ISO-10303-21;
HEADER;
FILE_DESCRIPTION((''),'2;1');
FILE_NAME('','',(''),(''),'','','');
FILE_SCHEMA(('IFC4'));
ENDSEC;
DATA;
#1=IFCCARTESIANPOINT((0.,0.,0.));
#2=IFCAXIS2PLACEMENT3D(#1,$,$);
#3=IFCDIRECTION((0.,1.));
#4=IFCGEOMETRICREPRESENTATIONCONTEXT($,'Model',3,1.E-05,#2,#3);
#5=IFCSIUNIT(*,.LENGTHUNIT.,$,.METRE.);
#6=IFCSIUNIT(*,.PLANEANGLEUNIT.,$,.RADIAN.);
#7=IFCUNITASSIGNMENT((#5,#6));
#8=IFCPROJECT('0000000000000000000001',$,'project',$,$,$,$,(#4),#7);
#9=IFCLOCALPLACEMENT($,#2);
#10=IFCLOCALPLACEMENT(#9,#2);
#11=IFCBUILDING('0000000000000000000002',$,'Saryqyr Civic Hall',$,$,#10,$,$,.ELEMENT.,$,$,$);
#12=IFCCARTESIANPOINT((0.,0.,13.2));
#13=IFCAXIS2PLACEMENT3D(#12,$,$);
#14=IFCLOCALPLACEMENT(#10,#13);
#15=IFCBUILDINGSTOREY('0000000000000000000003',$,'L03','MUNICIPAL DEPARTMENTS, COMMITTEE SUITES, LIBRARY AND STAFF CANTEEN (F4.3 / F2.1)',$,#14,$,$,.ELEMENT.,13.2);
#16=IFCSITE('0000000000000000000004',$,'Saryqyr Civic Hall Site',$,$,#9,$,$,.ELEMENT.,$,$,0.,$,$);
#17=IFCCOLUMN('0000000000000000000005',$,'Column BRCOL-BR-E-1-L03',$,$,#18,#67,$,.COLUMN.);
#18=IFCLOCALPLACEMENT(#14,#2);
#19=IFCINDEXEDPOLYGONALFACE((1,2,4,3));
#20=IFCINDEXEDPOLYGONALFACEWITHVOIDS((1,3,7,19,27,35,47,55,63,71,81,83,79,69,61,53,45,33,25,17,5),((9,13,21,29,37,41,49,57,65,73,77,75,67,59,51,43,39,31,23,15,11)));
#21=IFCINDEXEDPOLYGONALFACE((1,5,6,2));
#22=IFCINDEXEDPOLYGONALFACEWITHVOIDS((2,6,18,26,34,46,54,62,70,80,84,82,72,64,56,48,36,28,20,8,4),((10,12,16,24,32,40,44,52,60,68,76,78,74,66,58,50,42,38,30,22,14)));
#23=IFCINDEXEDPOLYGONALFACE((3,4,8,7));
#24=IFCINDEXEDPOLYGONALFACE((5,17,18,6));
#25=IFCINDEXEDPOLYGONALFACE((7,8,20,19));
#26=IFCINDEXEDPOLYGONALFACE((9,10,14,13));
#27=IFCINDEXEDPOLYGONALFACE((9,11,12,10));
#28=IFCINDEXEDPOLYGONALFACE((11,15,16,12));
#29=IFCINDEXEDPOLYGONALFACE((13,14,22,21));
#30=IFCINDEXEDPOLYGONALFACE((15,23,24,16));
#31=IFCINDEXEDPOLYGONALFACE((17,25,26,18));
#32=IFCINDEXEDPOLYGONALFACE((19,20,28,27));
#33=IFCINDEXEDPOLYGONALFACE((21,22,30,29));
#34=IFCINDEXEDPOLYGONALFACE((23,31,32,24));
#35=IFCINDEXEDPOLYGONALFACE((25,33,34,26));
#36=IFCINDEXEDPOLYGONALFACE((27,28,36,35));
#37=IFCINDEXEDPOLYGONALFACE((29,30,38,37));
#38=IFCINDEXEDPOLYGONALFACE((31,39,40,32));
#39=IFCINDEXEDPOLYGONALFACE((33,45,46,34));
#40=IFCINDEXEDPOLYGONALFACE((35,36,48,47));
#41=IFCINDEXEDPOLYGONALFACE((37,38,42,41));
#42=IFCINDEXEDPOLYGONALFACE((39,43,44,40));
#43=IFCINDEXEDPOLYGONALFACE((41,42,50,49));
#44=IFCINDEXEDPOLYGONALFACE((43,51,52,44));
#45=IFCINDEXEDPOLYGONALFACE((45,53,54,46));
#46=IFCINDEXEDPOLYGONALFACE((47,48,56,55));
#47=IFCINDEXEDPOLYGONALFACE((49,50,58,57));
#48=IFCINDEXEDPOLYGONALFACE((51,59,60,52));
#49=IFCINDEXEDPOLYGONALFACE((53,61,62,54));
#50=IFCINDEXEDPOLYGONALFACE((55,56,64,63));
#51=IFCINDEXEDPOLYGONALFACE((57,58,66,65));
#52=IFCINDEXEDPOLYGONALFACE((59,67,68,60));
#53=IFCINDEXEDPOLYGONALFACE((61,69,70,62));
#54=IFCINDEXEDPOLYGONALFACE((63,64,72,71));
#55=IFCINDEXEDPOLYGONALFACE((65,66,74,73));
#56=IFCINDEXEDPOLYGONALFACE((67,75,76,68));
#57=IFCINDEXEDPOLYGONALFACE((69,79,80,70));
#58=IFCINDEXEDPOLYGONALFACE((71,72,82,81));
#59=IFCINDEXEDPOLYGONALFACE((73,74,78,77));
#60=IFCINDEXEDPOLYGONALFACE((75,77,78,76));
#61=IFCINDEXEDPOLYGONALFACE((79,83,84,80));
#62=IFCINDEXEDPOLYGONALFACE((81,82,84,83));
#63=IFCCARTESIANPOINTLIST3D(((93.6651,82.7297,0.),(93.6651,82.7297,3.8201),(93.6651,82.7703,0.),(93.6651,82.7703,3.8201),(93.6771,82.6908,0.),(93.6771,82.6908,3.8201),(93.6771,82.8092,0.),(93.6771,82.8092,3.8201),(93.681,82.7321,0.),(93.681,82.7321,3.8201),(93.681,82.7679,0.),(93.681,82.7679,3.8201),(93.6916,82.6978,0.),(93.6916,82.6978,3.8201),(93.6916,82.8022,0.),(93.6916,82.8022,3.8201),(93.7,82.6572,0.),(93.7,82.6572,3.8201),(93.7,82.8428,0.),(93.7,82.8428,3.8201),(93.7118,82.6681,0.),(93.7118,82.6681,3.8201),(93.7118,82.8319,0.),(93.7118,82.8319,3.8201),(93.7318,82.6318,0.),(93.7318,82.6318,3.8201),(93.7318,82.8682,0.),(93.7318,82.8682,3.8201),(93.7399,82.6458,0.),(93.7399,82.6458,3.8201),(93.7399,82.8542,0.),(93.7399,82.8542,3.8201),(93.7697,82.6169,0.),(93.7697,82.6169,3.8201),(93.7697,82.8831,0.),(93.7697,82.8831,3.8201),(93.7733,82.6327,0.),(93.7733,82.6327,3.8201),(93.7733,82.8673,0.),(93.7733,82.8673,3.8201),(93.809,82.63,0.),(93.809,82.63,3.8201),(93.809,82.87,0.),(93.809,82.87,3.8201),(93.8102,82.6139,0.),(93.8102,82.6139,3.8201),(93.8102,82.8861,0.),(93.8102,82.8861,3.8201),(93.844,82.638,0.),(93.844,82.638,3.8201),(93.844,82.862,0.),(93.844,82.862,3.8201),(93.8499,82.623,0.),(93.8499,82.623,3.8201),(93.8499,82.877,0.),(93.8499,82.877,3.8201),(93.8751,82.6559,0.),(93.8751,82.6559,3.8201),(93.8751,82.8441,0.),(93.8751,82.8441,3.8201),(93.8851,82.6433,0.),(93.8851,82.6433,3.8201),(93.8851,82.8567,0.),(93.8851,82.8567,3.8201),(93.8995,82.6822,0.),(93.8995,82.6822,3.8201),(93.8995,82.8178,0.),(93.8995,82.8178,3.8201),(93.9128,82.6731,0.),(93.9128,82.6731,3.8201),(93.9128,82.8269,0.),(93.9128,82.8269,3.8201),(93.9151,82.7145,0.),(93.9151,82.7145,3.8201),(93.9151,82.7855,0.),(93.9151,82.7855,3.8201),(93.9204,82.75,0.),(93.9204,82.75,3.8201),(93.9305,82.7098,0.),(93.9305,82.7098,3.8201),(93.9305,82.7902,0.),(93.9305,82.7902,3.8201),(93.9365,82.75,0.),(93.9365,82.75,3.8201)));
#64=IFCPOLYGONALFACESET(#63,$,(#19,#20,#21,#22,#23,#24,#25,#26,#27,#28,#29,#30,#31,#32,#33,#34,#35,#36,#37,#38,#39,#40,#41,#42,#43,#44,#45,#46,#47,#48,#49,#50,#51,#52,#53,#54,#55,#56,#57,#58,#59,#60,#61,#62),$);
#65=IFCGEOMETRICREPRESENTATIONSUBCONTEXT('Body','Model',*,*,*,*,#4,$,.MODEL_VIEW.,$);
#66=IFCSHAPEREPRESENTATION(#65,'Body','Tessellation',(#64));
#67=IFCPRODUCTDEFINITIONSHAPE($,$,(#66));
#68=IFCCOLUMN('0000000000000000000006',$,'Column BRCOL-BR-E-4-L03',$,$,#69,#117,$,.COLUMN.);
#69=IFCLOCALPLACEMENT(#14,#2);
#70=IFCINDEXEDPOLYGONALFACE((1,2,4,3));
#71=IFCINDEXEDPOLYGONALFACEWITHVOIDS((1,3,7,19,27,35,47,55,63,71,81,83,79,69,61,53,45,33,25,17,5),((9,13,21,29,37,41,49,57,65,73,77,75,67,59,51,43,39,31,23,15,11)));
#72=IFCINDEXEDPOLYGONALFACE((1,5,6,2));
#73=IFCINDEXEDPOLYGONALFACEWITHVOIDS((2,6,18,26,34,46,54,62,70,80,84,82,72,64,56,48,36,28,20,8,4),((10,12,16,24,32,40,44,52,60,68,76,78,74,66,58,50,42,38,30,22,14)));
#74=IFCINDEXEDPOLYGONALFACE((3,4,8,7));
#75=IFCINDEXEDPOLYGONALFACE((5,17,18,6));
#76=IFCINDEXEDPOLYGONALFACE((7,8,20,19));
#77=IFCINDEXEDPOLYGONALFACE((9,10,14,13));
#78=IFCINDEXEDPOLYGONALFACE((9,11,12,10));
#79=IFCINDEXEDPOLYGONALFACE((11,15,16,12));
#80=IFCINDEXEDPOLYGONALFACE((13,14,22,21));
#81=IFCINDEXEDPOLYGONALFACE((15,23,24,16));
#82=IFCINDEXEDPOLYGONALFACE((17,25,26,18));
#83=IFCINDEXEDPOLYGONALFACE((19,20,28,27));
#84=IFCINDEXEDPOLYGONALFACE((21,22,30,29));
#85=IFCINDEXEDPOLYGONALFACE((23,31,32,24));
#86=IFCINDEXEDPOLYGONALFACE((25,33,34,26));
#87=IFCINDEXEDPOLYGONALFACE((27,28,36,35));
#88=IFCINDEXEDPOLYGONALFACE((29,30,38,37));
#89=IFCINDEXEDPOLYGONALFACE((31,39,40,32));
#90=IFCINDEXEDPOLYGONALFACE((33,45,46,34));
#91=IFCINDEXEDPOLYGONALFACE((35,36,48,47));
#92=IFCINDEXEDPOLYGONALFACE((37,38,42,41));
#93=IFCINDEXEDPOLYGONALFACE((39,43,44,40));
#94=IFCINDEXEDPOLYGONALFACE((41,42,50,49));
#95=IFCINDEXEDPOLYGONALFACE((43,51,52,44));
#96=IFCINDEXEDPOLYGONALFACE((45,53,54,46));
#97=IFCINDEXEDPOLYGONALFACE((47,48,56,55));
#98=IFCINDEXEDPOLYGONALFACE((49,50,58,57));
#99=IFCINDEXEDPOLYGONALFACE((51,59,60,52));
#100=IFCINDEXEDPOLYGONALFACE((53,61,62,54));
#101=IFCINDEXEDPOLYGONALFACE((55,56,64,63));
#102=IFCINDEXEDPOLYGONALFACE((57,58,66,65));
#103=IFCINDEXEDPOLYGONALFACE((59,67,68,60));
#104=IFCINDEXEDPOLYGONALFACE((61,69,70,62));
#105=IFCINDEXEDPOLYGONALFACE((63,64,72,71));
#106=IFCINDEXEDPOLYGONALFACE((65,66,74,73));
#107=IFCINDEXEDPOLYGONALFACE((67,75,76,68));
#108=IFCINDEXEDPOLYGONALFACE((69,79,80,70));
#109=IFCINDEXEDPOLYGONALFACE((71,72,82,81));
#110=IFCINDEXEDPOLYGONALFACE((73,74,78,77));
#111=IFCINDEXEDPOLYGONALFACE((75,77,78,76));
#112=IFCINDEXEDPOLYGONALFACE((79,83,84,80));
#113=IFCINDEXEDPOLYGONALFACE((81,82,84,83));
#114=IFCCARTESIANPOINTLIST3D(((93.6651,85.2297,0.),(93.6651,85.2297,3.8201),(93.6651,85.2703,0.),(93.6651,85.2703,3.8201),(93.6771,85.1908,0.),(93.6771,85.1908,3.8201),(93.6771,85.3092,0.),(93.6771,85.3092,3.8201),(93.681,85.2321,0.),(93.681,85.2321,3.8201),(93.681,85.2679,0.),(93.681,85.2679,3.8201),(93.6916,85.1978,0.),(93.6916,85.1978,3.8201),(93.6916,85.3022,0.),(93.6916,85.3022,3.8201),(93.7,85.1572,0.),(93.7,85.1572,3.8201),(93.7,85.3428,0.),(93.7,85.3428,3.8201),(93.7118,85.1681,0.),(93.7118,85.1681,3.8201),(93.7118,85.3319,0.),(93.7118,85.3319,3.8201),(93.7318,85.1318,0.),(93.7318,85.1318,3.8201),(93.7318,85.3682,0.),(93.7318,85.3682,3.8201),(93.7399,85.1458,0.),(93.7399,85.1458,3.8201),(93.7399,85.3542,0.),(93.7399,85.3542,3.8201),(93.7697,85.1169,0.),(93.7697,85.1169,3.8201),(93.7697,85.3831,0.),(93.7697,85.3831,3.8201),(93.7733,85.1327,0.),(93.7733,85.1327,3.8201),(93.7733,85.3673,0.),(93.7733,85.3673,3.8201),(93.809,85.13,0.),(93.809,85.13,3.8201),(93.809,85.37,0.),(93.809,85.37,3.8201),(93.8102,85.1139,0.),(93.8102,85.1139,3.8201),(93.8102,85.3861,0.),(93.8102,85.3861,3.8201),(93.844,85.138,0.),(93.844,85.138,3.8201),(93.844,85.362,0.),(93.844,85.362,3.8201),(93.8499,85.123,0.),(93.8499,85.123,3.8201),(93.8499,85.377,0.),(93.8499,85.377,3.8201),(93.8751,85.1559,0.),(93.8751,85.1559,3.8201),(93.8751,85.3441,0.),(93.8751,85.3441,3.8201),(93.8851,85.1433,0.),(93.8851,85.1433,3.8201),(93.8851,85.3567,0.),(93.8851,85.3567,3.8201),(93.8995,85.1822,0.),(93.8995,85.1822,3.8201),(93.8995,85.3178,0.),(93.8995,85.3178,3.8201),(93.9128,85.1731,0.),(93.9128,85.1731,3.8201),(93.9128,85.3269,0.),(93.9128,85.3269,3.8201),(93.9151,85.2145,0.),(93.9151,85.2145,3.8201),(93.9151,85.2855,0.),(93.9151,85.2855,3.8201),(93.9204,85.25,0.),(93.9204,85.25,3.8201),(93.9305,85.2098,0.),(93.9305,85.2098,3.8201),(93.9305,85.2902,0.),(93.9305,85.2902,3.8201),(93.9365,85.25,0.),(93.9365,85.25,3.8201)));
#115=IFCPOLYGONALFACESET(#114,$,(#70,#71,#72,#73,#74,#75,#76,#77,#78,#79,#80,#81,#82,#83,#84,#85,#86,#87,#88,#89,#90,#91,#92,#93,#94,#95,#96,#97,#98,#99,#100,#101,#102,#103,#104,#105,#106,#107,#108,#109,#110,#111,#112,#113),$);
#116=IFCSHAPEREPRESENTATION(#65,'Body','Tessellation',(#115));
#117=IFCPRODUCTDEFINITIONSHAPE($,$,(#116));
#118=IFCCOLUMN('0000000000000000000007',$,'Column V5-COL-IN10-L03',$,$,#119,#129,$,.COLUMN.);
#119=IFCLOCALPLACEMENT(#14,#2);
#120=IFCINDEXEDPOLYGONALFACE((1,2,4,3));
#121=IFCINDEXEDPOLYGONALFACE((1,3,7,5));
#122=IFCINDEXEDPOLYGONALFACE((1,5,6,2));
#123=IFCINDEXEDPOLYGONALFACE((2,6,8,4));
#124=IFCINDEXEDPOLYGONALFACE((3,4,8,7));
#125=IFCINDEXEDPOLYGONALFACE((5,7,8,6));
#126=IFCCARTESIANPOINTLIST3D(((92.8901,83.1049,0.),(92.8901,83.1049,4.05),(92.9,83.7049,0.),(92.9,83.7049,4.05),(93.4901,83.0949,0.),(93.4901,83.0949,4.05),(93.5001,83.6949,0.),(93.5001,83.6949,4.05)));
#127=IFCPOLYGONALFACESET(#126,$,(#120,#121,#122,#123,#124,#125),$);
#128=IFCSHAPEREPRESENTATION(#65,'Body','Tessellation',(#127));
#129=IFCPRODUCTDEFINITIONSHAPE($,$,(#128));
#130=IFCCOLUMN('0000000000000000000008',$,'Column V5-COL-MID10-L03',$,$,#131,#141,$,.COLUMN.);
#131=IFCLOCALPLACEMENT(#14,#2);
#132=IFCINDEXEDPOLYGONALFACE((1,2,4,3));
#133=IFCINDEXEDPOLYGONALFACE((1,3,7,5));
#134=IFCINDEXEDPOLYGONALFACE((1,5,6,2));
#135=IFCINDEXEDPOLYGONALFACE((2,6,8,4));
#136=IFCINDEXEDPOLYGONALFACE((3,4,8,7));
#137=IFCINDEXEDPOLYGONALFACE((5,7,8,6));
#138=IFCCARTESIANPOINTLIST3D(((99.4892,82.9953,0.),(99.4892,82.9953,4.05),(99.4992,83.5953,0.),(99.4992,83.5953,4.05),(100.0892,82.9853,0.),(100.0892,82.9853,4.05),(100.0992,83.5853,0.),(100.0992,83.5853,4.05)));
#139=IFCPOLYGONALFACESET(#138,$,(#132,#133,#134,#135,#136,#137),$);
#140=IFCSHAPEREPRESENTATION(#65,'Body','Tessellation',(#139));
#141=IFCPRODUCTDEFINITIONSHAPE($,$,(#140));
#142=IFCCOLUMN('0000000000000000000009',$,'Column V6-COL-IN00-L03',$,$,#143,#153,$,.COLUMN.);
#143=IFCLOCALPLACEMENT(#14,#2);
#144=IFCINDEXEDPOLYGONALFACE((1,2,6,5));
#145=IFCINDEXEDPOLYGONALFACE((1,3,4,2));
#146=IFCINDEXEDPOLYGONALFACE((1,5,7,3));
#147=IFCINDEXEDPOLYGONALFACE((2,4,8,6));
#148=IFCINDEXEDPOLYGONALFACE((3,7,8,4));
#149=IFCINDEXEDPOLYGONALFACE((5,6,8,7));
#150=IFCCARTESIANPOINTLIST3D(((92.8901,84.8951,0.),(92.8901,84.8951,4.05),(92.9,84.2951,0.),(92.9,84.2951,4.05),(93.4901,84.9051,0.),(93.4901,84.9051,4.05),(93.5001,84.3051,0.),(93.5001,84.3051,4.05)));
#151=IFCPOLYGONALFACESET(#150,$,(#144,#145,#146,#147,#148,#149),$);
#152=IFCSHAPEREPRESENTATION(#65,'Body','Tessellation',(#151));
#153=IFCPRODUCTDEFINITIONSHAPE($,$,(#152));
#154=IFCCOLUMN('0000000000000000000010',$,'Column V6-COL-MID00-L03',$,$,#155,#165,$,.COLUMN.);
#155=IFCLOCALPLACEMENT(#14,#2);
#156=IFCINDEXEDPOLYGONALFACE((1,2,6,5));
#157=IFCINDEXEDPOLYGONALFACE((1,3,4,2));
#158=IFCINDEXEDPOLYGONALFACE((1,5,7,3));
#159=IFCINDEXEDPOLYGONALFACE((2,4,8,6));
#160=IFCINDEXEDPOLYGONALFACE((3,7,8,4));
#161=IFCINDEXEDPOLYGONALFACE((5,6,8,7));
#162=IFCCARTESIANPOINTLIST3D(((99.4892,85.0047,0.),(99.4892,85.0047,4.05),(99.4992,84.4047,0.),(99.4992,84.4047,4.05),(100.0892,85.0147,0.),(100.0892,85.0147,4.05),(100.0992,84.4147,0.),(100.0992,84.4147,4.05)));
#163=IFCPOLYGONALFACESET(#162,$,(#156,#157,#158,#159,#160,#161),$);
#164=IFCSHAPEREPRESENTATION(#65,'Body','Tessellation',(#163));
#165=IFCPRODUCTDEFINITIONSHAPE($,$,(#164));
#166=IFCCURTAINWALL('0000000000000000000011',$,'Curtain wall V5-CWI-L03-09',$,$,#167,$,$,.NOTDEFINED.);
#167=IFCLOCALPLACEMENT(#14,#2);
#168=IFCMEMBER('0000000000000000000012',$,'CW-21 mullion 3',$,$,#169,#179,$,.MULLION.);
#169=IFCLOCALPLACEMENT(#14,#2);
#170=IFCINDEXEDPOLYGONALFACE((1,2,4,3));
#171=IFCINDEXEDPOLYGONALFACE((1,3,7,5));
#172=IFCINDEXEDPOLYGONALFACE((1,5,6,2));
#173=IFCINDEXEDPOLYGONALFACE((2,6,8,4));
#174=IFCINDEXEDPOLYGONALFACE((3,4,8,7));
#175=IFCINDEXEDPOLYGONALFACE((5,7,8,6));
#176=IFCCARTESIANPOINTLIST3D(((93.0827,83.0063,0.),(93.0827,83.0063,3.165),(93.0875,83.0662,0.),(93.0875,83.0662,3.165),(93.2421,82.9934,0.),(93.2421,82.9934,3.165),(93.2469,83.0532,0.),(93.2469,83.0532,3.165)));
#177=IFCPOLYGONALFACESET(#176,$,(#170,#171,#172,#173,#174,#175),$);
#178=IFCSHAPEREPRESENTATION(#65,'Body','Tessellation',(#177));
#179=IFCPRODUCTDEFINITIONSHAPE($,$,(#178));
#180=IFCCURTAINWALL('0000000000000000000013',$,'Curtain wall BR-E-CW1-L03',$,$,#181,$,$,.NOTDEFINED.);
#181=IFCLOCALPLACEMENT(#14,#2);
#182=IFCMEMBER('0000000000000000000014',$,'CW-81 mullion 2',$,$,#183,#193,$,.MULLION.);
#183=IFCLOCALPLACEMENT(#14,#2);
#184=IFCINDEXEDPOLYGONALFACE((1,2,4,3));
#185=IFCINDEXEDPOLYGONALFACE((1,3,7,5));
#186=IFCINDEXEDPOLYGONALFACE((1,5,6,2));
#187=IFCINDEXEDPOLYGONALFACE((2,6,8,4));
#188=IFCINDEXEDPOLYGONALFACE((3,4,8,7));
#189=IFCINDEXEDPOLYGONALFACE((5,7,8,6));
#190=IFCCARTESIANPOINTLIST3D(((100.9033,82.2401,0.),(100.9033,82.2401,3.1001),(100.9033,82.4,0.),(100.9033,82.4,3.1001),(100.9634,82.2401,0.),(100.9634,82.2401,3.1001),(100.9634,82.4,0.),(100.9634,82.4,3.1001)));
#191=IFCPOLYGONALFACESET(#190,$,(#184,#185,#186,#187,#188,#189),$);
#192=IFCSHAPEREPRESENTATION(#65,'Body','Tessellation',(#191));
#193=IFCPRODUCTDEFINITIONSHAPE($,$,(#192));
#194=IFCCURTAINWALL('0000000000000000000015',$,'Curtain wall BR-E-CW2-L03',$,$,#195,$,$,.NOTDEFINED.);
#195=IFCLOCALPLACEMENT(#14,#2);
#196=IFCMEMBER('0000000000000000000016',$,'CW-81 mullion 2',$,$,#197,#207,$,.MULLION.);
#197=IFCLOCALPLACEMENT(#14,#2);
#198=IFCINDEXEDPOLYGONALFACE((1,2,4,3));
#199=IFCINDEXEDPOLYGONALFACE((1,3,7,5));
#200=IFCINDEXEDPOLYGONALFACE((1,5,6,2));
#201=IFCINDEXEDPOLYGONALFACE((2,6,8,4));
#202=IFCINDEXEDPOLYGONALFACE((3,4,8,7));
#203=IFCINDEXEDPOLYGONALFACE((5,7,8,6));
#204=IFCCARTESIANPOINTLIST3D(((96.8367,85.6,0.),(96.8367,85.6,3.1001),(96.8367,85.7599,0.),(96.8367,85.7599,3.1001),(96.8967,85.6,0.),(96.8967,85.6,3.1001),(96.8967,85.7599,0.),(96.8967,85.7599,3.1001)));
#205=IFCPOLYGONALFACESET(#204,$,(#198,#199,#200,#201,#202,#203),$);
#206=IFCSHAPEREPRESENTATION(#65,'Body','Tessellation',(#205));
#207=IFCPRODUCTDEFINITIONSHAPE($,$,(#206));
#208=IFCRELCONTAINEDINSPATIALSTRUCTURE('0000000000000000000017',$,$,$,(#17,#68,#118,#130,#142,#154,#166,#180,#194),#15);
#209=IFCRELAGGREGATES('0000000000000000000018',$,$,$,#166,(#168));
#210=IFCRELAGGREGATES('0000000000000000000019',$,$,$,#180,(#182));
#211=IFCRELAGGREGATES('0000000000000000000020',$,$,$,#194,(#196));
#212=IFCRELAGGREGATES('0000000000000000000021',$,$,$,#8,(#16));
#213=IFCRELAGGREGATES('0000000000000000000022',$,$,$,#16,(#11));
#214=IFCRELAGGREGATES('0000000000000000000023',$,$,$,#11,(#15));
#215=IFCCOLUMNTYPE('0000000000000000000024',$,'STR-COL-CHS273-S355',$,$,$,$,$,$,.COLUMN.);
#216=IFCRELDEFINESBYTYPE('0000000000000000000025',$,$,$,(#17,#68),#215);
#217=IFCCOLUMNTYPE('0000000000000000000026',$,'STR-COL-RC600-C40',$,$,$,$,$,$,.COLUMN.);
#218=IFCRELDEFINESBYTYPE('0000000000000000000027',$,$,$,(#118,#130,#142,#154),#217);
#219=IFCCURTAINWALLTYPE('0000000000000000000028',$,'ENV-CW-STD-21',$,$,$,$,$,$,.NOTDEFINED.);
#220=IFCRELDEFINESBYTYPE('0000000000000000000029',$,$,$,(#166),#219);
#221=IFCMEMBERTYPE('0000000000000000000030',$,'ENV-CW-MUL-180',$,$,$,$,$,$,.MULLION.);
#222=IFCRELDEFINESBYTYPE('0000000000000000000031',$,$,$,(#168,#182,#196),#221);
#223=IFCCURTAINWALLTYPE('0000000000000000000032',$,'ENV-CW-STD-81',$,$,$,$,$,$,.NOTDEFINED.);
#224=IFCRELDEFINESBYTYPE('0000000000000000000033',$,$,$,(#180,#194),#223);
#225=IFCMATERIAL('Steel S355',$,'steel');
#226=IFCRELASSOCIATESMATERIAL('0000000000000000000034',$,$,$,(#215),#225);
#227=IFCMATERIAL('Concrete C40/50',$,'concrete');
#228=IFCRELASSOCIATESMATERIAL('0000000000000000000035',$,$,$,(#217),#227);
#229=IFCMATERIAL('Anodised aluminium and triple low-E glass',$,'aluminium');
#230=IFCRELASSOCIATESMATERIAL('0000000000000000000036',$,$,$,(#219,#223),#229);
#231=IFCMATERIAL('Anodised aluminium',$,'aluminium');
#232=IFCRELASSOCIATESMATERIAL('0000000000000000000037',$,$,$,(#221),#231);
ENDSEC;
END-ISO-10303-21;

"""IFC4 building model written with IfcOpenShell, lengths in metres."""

from ifc_helpers import new_model, si_unit, direction, frame, origin, origin_2d, place, context, subcontext, project, spatial, rectangle, hollow_circle, extrude, material, material_profile, profile_set, type_object, element, aggregate, save


model = new_model("IFC4")

# Units and contexts
model_context = context("Model", 3, precision=1e-05, world=origin(), true_north=direction((0.0, 1.0)))
body_context = subcontext(model_context, "Body", "Model", "MODEL_VIEW")
ifc_project = project(units=[si_unit("LENGTHUNIT", "METRE"), si_unit("PLANEANGLEUNIT", "RADIAN")], contexts=[model_context])

# Site, building, storey
site_placement = place(None, origin())
site = spatial("IfcSite", under=ifc_project, at=site_placement, Name="Saryqyr Civic Hall Site", CompositionType="ELEMENT", RefElevation=0.0)
building_placement = place(site_placement, origin())
building = spatial("IfcBuilding", under=site, at=building_placement, Name="Saryqyr Civic Hall", CompositionType="ELEMENT")
storey_placement = place(building_placement, frame((0.0, 0.0, 13.2)))
storey = spatial("IfcBuildingStorey", under=building, at=storey_placement, Name="L03", Description="MUNICIPAL DEPARTMENTS, COMMITTEE SUITES, LIBRARY AND STAFF CANTEEN (F4.3 / F2.1)", CompositionType="ELEMENT", Elevation=13.2)

# Columns
ifc_material_1 = material(Name="Steel S355", Category="steel")
ifc_material_profile_1 = material_profile(ifc_material_1, hollow_circle(Radius=0.1365, WallThickness=0.0161, at=origin_2d()), Name="CHS 273x16")
ifc_profile_set_1 = profile_set([ifc_material_profile_1], Name="Steel S355")
column_type_1 = type_object("IfcColumnType", Name="STR-COL-CHS273-S355", PredefinedType="COLUMN", material=ifc_profile_set_1)
for number, where, z_axis, x_axis, name in (
    (1, (93.8, 82.75, 0.0), (0.0, 0.0, 1.0), (1.0, 0.0, 0.0), "Column BRCOL-BR-E-1-L03"),
    (2, (93.8, 85.25, 0.0), (0.0, 0.0, 1.0), (1.0, 0.0, 0.0), "Column BRCOL-BR-E-4-L03"),
):
    element("IfcColumn", number, at=place(storey_placement, frame(where, z_axis=z_axis, x_axis=x_axis)), inside=storey, type_object=column_type_1, Name=name, PredefinedType="COLUMN", context=body_context, shape_type="SweptSolid", body=[
        extrude(hollow_circle(Radius=0.1365, WallThickness=0.0161, at=origin_2d()), origin(), (0.0, 0.0, 1.0), 3.8201),
    ])
ifc_material_2 = material(Name="Concrete C40/50", Category="concrete")
ifc_material_profile_2 = material_profile(ifc_material_2, rectangle(XDim=0.6001, YDim=0.6001, at=origin_2d()), Name="RC 600x600")
ifc_profile_set_2 = profile_set([ifc_material_profile_2], Name="Concrete C40/50")
column_type_2 = type_object("IfcColumnType", Name="STR-COL-RC600-C40", PredefinedType="COLUMN", material=ifc_profile_set_2)
for number, where, z_axis, x_axis, name in (
    (3, (93.1951, 83.3999, 0.0), (0.0, 0.0, 1.0), (0.999863, -0.01658, 0.0), "Column V5-COL-IN10-L03"),
    (4, (99.7942, 83.2903, 0.0), (0.0, 0.0, 1.0), (0.999863, -0.01658, 0.0), "Column V5-COL-MID10-L03"),
    (5, (93.1951, 84.6001, 0.0), (0.0, 0.0, 1.0), (0.999863, 0.01658, 0.0), "Column V6-COL-IN00-L03"),
    (6, (99.7942, 84.7097, 0.0), (0.0, 0.0, 1.0), (0.999863, 0.01658, 0.0), "Column V6-COL-MID00-L03"),
):
    element("IfcColumn", number, at=place(storey_placement, frame(where, z_axis=z_axis, x_axis=x_axis)), inside=storey, type_object=column_type_2, Name=name, PredefinedType="COLUMN", context=body_context, shape_type="SweptSolid", body=[
        extrude(rectangle(XDim=0.6001, YDim=0.6001, at=origin_2d()), origin(), (0.0, 0.0, 1.0), 4.05),
    ])

# Curtain walls, members
ifc_material_3 = material(Name="Anodised aluminium and triple low-E glass", Category="aluminium")
curtain_wall_type_1 = type_object("IfcCurtainWallType", Name="ENV-CW-STD-21", PredefinedType="NOTDEFINED", material=ifc_material_3)
curtain_wall_1_placement = place(storey_placement, origin())
curtain_wall_1 = element("IfcCurtainWall", 7, at=curtain_wall_1_placement, inside=storey, type_object=curtain_wall_type_1, Name="Curtain wall V5-CWI-L03-09", PredefinedType="NOTDEFINED")
ifc_material_4 = material(Name="Anodised aluminium", Category="aluminium")
ifc_material_profile_3 = material_profile(ifc_material_4, rectangle(XDim=0.0601, YDim=0.1599, at=origin_2d()), Name="ALU MULLION 60x160")
ifc_profile_set_3 = profile_set([ifc_material_profile_3], Name="Anodised aluminium")
member_type_1 = type_object("IfcMemberType", Name="ENV-CW-MUL-180", PredefinedType="MULLION", material=ifc_profile_set_3)
member_1_placement = place(storey_placement, frame((93.1648, 83.0298, 0.0), z_axis=(0.0, 0.0, 1.0), x_axis=(0.081091, 0.996707, 0.0)))
member_1 = element("IfcMember", 8, at=member_1_placement, type_object=member_type_1, Name="CW-21 mullion 3", PredefinedType="MULLION", context=body_context, shape_type="SweptSolid", body=[
    extrude(rectangle(XDim=0.0601, YDim=0.1599, at=origin_2d()), origin(), (0.0, 0.0, 1.0), 3.165),
])
aggregate(curtain_wall_1, [member_1])
curtain_wall_type_2 = type_object("IfcCurtainWallType", Name="ENV-CW-STD-81", PredefinedType="NOTDEFINED", material=ifc_material_3)
curtain_wall_2_placement = place(storey_placement, origin())
curtain_wall_2 = element("IfcCurtainWall", 9, at=curtain_wall_2_placement, inside=storey, type_object=curtain_wall_type_2, Name="Curtain wall BR-E-CW1-L03", PredefinedType="NOTDEFINED")
member_2_placement = place(storey_placement, frame((100.9333, 82.3201, 0.0), z_axis=(0.0, 0.0, 1.0), x_axis=(-1.0, 0.0, 0.0)))
member_2 = element("IfcMember", 10, at=member_2_placement, type_object=member_type_1, Name="CW-81 mullion 2", PredefinedType="MULLION", context=body_context, shape_type="SweptSolid", body=[
    extrude(rectangle(XDim=0.0601, YDim=0.1599, at=origin_2d()), origin(), (0.0, 0.0, 1.0), 3.1001),
])
aggregate(curtain_wall_2, [member_2])
curtain_wall_3_placement = place(storey_placement, origin())
curtain_wall_3 = element("IfcCurtainWall", 11, at=curtain_wall_3_placement, inside=storey, type_object=curtain_wall_type_2, Name="Curtain wall BR-E-CW2-L03", PredefinedType="NOTDEFINED")
member_3_placement = place(storey_placement, frame((96.8667, 85.6799, 0.0), z_axis=(0.0, 0.0, 1.0), x_axis=(1.0, 0.0, 0.0)))
member_3 = element("IfcMember", 12, at=member_3_placement, type_object=member_type_1, Name="CW-81 mullion 2", PredefinedType="MULLION", context=body_context, shape_type="SweptSolid", body=[
    extrude(rectangle(XDim=0.0601, YDim=0.1599, at=origin_2d()), origin(), (0.0, 0.0, 1.0), 3.1001),
])

aggregate(curtain_wall_3, [member_3])

save(model, "model.ifc")
